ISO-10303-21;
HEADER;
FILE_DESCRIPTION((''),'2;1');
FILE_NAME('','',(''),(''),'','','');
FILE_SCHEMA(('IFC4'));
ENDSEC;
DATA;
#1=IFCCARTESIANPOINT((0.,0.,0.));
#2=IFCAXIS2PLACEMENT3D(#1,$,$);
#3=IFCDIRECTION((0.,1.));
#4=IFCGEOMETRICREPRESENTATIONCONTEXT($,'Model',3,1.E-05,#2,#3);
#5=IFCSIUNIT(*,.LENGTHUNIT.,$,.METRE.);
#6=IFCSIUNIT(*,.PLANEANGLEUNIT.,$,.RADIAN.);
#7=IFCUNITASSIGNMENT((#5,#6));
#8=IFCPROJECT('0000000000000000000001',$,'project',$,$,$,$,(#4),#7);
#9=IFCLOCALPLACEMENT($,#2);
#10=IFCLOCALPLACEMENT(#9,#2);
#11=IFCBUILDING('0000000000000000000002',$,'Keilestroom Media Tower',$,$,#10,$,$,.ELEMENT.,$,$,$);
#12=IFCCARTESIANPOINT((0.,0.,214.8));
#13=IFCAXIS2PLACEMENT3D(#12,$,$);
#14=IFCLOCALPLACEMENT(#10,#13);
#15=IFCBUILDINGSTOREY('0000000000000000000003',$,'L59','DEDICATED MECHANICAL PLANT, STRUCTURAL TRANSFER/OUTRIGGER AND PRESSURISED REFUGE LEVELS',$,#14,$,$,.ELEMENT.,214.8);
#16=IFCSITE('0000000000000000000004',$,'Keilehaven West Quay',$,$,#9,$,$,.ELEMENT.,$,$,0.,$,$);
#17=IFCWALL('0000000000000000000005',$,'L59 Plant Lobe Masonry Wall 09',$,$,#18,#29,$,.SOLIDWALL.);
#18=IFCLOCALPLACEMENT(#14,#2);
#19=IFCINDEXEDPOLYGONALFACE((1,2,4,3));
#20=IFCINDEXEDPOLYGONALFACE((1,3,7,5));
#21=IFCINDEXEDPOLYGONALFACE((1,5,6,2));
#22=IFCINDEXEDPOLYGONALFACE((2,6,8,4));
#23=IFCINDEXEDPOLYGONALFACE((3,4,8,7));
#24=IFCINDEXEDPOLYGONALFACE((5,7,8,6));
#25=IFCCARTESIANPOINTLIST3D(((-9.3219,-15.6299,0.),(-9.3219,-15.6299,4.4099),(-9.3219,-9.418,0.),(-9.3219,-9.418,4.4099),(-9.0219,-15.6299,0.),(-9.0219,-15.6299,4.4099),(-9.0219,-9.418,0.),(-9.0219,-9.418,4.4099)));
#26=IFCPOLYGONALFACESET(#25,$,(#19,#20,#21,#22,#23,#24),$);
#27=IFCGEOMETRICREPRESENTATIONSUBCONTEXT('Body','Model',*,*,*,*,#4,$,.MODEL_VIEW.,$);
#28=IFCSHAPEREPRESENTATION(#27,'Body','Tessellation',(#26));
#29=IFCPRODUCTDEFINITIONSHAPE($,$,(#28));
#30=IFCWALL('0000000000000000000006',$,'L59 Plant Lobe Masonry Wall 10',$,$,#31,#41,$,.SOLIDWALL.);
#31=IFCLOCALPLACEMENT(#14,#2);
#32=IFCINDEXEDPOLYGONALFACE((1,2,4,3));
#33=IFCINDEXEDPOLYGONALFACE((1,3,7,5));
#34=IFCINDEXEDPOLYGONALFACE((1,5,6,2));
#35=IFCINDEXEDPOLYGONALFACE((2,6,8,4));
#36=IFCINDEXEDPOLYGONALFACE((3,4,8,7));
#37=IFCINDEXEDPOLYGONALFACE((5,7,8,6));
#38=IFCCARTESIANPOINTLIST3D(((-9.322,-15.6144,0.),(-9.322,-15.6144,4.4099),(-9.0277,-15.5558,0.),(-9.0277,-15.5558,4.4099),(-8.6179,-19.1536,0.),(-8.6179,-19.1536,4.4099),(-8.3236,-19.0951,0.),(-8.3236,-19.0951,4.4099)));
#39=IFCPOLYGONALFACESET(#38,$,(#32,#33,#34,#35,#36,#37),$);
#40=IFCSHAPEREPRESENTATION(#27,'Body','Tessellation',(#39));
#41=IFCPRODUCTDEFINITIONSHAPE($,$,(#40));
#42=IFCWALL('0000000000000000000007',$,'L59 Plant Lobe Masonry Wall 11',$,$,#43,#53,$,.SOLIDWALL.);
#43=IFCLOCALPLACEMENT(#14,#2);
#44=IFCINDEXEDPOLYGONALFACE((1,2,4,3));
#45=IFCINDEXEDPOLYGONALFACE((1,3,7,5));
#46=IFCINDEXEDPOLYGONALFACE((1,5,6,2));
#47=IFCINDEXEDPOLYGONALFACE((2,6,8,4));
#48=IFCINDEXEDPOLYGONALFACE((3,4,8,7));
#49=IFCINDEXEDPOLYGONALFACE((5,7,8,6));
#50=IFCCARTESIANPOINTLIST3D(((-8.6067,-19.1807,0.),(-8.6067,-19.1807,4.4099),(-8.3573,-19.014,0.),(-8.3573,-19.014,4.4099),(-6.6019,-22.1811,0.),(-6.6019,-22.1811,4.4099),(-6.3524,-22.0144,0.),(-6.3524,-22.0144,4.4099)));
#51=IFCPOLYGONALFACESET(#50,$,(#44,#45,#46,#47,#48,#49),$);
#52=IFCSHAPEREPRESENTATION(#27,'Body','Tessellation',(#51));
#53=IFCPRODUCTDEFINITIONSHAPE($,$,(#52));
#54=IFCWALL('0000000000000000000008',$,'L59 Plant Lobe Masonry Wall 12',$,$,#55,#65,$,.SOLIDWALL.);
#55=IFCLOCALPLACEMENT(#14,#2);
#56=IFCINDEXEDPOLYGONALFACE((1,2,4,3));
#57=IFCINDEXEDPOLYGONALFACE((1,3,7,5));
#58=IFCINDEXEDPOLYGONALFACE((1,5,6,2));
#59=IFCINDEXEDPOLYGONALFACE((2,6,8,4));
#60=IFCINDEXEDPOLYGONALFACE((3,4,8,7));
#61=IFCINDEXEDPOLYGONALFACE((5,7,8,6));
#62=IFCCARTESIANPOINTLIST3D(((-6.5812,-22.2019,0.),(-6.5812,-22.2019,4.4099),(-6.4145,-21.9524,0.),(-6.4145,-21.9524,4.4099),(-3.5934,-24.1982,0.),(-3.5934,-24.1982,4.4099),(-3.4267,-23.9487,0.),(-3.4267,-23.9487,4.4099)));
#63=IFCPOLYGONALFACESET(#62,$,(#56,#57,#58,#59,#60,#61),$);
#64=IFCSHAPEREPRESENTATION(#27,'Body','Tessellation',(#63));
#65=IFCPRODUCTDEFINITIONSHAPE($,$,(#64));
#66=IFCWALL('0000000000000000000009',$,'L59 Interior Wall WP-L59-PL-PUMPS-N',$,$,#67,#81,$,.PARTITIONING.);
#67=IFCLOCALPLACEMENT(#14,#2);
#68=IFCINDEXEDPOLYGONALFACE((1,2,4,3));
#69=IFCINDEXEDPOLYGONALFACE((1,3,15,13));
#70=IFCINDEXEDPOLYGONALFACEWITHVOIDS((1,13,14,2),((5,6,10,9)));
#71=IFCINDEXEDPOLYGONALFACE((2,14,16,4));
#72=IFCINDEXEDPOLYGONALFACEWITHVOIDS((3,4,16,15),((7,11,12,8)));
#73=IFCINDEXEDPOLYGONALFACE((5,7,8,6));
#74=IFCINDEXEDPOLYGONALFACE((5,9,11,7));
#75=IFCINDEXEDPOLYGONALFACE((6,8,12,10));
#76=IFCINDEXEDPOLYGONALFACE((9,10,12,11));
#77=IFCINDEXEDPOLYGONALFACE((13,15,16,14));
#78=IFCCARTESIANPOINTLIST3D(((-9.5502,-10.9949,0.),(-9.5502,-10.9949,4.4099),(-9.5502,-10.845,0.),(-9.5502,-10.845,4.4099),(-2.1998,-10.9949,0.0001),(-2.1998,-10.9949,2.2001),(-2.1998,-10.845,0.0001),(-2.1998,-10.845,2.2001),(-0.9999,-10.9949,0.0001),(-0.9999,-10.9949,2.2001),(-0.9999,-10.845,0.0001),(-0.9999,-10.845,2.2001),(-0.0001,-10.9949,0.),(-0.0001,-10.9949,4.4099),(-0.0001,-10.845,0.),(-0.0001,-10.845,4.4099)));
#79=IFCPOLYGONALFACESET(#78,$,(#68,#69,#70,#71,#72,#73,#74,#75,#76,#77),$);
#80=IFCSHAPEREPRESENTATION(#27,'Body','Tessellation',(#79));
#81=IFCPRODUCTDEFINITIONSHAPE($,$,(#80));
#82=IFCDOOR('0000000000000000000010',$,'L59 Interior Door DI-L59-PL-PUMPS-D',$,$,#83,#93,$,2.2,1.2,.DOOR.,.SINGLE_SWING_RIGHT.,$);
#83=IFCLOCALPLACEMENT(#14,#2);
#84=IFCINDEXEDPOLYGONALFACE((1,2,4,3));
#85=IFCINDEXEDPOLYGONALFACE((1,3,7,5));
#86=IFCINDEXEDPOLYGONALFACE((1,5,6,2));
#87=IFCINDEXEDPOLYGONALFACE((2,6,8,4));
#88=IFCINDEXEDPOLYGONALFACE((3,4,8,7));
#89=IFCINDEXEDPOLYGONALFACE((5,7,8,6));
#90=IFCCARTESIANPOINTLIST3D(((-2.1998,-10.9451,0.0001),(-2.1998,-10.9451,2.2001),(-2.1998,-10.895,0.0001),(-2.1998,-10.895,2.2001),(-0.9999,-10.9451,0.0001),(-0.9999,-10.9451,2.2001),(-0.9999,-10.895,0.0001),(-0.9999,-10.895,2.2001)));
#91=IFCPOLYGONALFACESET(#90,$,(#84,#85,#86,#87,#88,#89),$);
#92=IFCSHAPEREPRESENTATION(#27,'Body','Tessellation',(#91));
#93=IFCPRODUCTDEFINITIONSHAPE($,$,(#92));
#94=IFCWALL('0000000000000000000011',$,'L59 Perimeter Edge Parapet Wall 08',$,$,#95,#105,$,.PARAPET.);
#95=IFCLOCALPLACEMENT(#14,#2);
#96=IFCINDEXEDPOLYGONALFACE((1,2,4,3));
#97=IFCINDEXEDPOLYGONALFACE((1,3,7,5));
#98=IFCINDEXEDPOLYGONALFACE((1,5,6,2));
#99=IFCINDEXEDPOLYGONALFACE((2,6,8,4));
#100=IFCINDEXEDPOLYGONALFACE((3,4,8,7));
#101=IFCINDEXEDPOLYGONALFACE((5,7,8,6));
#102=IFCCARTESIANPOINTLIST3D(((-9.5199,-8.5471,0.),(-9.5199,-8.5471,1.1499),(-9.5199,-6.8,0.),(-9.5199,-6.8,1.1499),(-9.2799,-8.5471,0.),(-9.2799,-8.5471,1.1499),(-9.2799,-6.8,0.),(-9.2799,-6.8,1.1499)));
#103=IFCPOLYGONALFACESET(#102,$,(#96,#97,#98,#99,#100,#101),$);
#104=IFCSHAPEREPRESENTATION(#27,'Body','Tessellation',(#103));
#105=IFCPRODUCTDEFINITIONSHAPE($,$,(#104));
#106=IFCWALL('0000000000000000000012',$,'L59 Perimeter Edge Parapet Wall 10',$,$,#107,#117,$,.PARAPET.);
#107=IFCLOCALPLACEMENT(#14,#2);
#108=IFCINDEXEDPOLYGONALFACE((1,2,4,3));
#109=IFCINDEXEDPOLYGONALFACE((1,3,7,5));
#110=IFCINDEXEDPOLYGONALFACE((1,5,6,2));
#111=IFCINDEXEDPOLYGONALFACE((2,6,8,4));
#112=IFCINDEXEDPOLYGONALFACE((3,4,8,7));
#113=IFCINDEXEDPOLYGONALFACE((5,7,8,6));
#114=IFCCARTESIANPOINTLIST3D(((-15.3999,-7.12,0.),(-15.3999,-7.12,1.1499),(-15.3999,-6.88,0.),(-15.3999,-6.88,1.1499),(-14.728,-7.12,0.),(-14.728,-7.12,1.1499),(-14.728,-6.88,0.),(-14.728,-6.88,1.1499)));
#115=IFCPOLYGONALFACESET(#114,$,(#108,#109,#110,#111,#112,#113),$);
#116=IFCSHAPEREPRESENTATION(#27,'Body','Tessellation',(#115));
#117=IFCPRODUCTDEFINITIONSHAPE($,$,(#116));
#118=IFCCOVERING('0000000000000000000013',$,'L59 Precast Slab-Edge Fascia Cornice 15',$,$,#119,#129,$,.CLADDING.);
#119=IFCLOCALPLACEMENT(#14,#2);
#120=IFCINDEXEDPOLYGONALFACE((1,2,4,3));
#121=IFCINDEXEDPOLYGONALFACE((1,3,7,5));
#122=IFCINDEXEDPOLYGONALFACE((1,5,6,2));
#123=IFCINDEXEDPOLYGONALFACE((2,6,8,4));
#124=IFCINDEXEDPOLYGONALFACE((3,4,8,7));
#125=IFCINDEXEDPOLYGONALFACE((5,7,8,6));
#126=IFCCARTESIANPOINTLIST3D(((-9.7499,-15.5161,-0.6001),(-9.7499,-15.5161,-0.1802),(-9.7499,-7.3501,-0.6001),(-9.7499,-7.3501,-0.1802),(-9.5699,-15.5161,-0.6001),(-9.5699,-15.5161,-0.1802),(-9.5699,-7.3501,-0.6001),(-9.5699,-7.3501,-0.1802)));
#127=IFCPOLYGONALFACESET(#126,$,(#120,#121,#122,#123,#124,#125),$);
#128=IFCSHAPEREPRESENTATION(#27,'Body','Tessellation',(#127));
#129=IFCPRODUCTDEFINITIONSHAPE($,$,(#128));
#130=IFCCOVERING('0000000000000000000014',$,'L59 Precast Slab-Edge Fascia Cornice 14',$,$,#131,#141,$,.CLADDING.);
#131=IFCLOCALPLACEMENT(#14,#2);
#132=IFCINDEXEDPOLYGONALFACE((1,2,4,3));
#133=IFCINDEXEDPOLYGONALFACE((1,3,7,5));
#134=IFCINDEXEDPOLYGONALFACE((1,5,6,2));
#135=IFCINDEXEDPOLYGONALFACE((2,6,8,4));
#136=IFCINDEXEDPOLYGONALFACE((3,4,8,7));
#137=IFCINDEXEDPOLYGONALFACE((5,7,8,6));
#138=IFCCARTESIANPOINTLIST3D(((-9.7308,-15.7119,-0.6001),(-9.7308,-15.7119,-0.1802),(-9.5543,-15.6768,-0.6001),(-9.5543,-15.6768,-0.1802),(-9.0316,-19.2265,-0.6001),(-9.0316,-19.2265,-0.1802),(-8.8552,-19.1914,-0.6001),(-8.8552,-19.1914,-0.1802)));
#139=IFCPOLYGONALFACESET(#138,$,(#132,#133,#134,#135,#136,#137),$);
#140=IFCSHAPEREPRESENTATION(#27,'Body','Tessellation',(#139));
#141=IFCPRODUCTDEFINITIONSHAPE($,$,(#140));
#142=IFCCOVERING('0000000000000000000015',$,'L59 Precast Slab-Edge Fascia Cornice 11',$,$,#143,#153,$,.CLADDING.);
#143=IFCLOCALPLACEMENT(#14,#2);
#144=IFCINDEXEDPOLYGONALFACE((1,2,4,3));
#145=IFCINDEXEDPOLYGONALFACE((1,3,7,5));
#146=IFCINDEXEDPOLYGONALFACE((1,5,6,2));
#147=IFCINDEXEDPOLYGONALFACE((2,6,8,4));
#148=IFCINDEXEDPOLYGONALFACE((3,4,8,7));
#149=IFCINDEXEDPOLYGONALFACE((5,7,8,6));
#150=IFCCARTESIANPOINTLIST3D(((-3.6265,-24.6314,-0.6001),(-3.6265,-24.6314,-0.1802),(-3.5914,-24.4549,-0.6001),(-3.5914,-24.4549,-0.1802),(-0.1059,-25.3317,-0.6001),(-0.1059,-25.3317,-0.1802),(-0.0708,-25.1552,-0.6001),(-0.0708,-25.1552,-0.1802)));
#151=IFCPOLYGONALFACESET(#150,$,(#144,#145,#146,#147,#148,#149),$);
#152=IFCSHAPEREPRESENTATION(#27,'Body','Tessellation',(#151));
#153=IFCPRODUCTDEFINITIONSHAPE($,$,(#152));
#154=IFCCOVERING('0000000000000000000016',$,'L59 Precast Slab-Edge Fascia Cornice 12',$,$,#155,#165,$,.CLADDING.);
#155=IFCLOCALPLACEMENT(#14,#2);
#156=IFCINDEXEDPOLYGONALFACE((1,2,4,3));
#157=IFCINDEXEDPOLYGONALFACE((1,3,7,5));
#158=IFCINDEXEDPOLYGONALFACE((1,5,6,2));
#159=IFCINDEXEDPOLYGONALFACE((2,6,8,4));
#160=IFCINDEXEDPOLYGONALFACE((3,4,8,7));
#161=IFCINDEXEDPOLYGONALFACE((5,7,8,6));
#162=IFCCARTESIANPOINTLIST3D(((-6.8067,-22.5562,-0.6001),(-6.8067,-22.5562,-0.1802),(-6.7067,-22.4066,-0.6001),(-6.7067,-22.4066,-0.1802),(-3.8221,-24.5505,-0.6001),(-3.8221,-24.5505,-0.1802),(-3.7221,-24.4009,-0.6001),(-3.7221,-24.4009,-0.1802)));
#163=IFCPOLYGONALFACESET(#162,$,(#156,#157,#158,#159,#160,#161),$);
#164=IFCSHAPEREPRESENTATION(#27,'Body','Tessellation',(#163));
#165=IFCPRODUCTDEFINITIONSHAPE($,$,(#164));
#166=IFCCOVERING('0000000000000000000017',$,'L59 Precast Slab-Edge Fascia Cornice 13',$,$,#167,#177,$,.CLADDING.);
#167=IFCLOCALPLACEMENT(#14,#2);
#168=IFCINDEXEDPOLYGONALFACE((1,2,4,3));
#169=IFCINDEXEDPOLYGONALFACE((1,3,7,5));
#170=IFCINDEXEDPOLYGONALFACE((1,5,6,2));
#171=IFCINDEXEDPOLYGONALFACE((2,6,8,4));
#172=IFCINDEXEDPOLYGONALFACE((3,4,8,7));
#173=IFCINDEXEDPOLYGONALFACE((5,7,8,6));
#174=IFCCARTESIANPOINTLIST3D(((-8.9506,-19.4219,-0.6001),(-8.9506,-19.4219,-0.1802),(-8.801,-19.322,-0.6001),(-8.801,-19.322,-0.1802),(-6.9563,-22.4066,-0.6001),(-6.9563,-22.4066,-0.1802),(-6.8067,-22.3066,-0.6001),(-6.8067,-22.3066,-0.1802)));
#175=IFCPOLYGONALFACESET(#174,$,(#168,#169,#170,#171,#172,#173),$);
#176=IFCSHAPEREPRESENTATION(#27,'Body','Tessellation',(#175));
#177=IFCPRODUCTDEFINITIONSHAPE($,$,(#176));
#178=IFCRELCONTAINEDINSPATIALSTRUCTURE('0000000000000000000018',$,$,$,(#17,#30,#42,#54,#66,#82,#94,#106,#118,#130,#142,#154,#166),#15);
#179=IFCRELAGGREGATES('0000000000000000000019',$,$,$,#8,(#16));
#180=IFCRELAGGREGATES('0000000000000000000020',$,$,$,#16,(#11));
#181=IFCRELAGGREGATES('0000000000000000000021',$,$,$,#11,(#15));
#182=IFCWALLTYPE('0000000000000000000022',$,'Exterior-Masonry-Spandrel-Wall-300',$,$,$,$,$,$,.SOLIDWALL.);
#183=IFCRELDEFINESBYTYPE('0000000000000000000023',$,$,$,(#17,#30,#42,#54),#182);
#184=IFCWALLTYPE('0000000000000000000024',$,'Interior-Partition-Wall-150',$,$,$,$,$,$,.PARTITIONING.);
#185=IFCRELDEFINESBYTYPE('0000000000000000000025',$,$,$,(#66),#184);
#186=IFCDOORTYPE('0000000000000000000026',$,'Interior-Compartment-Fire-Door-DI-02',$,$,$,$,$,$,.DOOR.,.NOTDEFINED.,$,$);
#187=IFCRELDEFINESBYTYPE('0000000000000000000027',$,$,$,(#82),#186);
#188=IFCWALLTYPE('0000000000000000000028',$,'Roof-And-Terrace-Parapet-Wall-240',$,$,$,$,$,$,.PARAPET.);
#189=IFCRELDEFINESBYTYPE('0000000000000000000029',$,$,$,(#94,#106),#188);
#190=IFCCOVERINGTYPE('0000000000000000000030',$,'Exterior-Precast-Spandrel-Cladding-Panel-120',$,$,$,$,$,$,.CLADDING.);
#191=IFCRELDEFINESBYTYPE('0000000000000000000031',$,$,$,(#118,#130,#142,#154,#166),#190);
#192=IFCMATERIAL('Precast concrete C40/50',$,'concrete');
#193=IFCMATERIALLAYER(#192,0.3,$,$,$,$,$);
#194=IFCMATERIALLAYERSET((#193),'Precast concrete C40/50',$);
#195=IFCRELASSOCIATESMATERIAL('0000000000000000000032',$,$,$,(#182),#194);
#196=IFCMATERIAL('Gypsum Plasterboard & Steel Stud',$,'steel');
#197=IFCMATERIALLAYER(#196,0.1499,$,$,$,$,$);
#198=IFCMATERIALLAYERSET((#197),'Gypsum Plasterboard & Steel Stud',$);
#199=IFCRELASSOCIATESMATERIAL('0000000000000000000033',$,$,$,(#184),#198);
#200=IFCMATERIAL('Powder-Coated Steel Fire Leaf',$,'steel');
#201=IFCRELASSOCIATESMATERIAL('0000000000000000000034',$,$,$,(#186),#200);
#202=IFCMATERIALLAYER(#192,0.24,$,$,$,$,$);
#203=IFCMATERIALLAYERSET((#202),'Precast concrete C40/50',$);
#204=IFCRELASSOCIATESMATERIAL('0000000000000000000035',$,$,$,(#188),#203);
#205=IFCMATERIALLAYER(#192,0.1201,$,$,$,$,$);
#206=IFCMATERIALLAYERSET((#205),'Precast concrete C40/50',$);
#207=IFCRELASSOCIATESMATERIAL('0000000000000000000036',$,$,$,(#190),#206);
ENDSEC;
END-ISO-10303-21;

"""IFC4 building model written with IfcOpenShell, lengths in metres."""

from ifc_helpers import new_model, si_unit, direction, frame, frame_2d, origin, origin_2d, place, context, subcontext, project, spatial, rectangle, extrude, source, transform, mapped, material, layer, layer_set, type_object, element, fill, save


model = new_model("IFC4")

# Units and contexts
model_context = context("Model", 3, precision=1e-05, world=origin(), true_north=direction((0.0, 1.0)))
body_context = subcontext(model_context, "Body", "Model", "MODEL_VIEW")
ifc_project = project(units=[si_unit("LENGTHUNIT", "METRE"), si_unit("PLANEANGLEUNIT", "RADIAN")], contexts=[model_context])

# Site, building, storey
site_placement = place(None, origin())
site = spatial("IfcSite", under=ifc_project, at=site_placement, Name="Keilehaven West Quay", CompositionType="ELEMENT", RefElevation=0.0)
building_placement = place(site_placement, origin())
building = spatial("IfcBuilding", under=site, at=building_placement, Name="Keilestroom Media Tower", CompositionType="ELEMENT")
storey_placement = place(building_placement, frame((0.0, 0.0, 214.8)))
storey = spatial("IfcBuildingStorey", under=building, at=storey_placement, Name="L59", Description="DEDICATED MECHANICAL PLANT, STRUCTURAL TRANSFER/OUTRIGGER AND PRESSURISED REFUGE LEVELS", CompositionType="ELEMENT", Elevation=214.8)

# Shared definitions
ifc_material_1 = material(Name="Precast concrete C40/50", Category="concrete")

# Walls
ifc_layer_1 = layer(ifc_material_1, 0.3)
ifc_layer_set_1 = layer_set([ifc_layer_1], Name="Precast concrete C40/50")
wall_type_1 = type_object("IfcWallType", Name="Exterior-Masonry-Spandrel-Wall-300", PredefinedType="SOLIDWALL", material=ifc_layer_set_1)
wall_1_placement = place(storey_placement, frame((-9.1719, -9.418, 0.0), z_axis=(0.0, 0.0, 1.0), x_axis=(0.0, -1.0, 0.0)))
element("IfcWall", 1, at=wall_1_placement, inside=storey, type_object=wall_type_1, Name="L59 Plant Lobe Masonry Wall 09", PredefinedType="SOLIDWALL", context=body_context, shape_type="SweptSolid", body=[
    extrude(rectangle(XDim=6.2119, YDim=0.3, at=frame_2d((3.106, 0.0))), origin(), (0.0, 0.0, 1.0), 4.4099),
])
for number, where, z_axis, x_axis, name in (
    (2, (-9.1748, -15.5852, 0.0), (0.0, 0.0, 1.0), (0.195114, -0.980781, 0.0), "L59 Plant Lobe Masonry Wall 10"),
    (3, (-8.4819, -19.0974, 0.0), (0.0, 0.0, 1.0), (0.555574, -0.831467, 0.0), "L59 Plant Lobe Masonry Wall 11"),
):
    element("IfcWall", number, at=place(storey_placement, frame(where, z_axis=z_axis, x_axis=x_axis)), inside=storey, type_object=wall_type_1, Name=name, PredefinedType="SOLIDWALL", context=body_context, shape_type="SweptSolid", body=[
        extrude(rectangle(XDim=3.6086, YDim=0.3, at=frame_2d((1.8042, 0.0))), origin(), (0.0, 0.0, 1.0), 4.4099),
    ])
wall_2_placement = place(storey_placement, frame((-6.4978, -22.0771, 0.0), z_axis=(0.0, 0.0, 1.0), x_axis=(0.831475, -0.555562, 0.0)))
element("IfcWall", 4, at=wall_2_placement, inside=storey, type_object=wall_type_1, Name="L59 Plant Lobe Masonry Wall 12", PredefinedType="SOLIDWALL", context=body_context, shape_type="SweptSolid", body=[
    extrude(rectangle(XDim=3.5933, YDim=0.3, at=frame_2d((1.7966, 0.0))), origin(), (0.0, 0.0, 1.0), 4.4099),
])

# Wall, opening, door
ifc_material_2 = material(Name="Gypsum Plasterboard & Steel Stud", Category="steel")
ifc_layer_2 = layer(ifc_material_2, 0.1499)
ifc_layer_set_2 = layer_set([ifc_layer_2], Name="Gypsum Plasterboard & Steel Stud")
wall_type_2 = type_object("IfcWallType", Name="Interior-Partition-Wall-150", PredefinedType="PARTITIONING", material=ifc_layer_set_2)
wall_3_placement = place(storey_placement, frame((-9.55, -10.9199, 0.0), z_axis=(0.0, 0.0, 1.0), x_axis=(1.0, 0.0, 0.0)))
wall_3 = element("IfcWall", 5, at=wall_3_placement, inside=storey, type_object=wall_type_2, Name="L59 Interior Wall WP-L59-PL-PUMPS-N", PredefinedType="PARTITIONING", context=body_context, shape_type="SweptSolid", body=[
    extrude(rectangle(XDim=9.55, YDim=0.1499, at=frame_2d((4.7749, 0.0))), origin(), (0.0, 0.0, 1.0), 4.4099),
])
opening_placement = place(wall_3_placement, frame((7.3501, 0.0, 0.0)))
opening = element("IfcOpeningElement", 6, at=opening_placement, cuts=wall_3, PredefinedType="OPENING", context=body_context, shape_type="SweptSolid", body=[
    extrude(rectangle(XDim=1.2, YDim=2.2, at=frame_2d((0.6001, 1.1001))), frame((0.0, 0.085, 0.0), z_axis=(0.0, -1.0, 0.0), x_axis=(1.0, 0.0, 0.0)), (0.0, 0.0, 1.0), 0.1699),
])
ifc_material_3 = material(Name="Powder-Coated Steel Fire Leaf", Category="steel")
door_type = type_object("IfcDoorType", Name="Interior-Compartment-Fire-Door-DI-02", OperationType="NOTDEFINED", PredefinedType="DOOR", material=ifc_material_3)
shared_shape_1 = source(origin(), body_context, "Body", "SweptSolid", [
    extrude(rectangle(XDim=1.2, YDim=2.2, at=frame_2d((0.6001, 1.1001))), frame((0.0, 0.0249, 0.0), z_axis=(0.0, -1.0, 0.0), x_axis=(1.0, 0.0, 0.0)), (0.0, 0.0, 1.0), 0.05),
])
door_placement = place(opening_placement, origin())
door = element("IfcDoor", 7, at=door_placement, inside=storey, type_object=door_type, Name="L59 Interior Door DI-L59-PL-PUMPS-D", OperationType="SINGLE_SWING_RIGHT", OverallHeight=2.2, OverallWidth=1.2, PredefinedType="DOOR", context=body_context, shape_type="MappedRepresentation", body=[
    mapped(shared_shape_1, transform((0.0, 0.0, 0.0), x_axis=(1.0, 0.0, 0.0), y_axis=(0.0, 1.0, 0.0), z_axis=(0.0, 0.0, 1.0), scale=1.0)),
])
fill(opening, door)

# Walls
ifc_layer_3 = layer(ifc_material_1, 0.24)
ifc_layer_set_3 = layer_set([ifc_layer_3], Name="Precast concrete C40/50")
wall_type_3 = type_object("IfcWallType", Name="Roof-And-Terrace-Parapet-Wall-240", PredefinedType="PARAPET", material=ifc_layer_set_3)
wall_4_placement = place(storey_placement, frame((-9.3999, -8.5471, 0.0), z_axis=(0.0, 0.0, 1.0), x_axis=(0.0, 1.0, 0.0)))
element("IfcWall", 8, at=wall_4_placement, inside=storey, type_object=wall_type_3, Name="L59 Perimeter Edge Parapet Wall 08", PredefinedType="PARAPET", context=body_context, shape_type="SweptSolid", body=[
    extrude(rectangle(XDim=1.7471, YDim=0.24, at=frame_2d((0.8735, 0.0))), origin(), (0.0, 0.0, 1.0), 1.1499),
])
wall_5_placement = place(storey_placement, frame((-14.728, -7.0, 0.0), z_axis=(0.0, 0.0, 1.0), x_axis=(-1.0, 0.0, 0.0)))
element("IfcWall", 9, at=wall_5_placement, inside=storey, type_object=wall_type_3, Name="L59 Perimeter Edge Parapet Wall 10", PredefinedType="PARAPET", context=body_context, shape_type="SweptSolid", body=[
    extrude(rectangle(XDim=0.6719, YDim=0.24, at=frame_2d((0.3359, 0.0))), origin(), (0.0, 0.0, 1.0), 1.1499),
])

# Coverings
ifc_layer_4 = layer(ifc_material_1, 0.1201)
ifc_layer_set_4 = layer_set([ifc_layer_4], Name="Precast concrete C40/50")
covering_type = type_object("IfcCoveringType", Name="Exterior-Precast-Spandrel-Cladding-Panel-120", PredefinedType="CLADDING", material=ifc_layer_set_4)
shared_shape_2 = source(origin(), body_context, "Body", "SweptSolid", [
    extrude(rectangle(XDim=8.166, YDim=0.1799, at=origin_2d()), origin(), (0.0, 0.0, 1.0), 0.4199),
])
covering_1_placement = place(storey_placement, frame((-9.6599, -11.4331, -0.6001), z_axis=(0.0, 0.0, 1.0), x_axis=(0.0, 1.0, 0.0)))
element("IfcCovering", 10, at=covering_1_placement, inside=storey, type_object=covering_type, Name="L59 Precast Slab-Edge Fascia Cornice 15", PredefinedType="CLADDING", context=body_context, shape_type="MappedRepresentation", body=[
    mapped(shared_shape_2, transform((0.0, 0.0, 0.0), x_axis=(1.0, 0.0, 0.0), y_axis=(0.0, 1.0, 0.0), z_axis=(0.0, 0.0, 1.0), scale=1.0)),
])
shared_shape_3 = source(origin(), body_context, "Body", "SweptSolid", [
    extrude(rectangle(XDim=3.5835, YDim=0.1799, at=origin_2d()), origin(), (0.0, 0.0, 1.0), 0.4199),
])
covering_2_placement = place(storey_placement, frame((-9.293, -17.4517, -0.6001), z_axis=(0.0, 0.0, 1.0), x_axis=(-0.195099, 0.980784, 0.0)))
element("IfcCovering", 11, at=covering_2_placement, inside=storey, type_object=covering_type, Name="L59 Precast Slab-Edge Fascia Cornice 14", PredefinedType="CLADDING", context=body_context, shape_type="MappedRepresentation", body=[
    mapped(shared_shape_3, transform((0.0, 0.0, 0.0), x_axis=(1.0, 0.0, 0.0), y_axis=(0.0, 1.0, 0.0), z_axis=(0.0, 0.0, 1.0), scale=1.0)),
])
shared_shape_4 = source(origin(), body_context, "Body", "SweptSolid", [
    extrude(rectangle(XDim=3.5896, YDim=0.1799, at=origin_2d()), origin(), (0.0, 0.0, 1.0), 0.4199),
])
for number, where, z_axis, x_axis, name in (
    (12, (-1.8486, -24.8933, -0.6001), (0.0, 0.0, 1.0), (-0.980784, 0.195099, 0.0), "L59 Precast Slab-Edge Fascia Cornice 11"),
    (13, (-5.2644, -23.4785, -0.6001), (0.0, 0.0, 1.0), (-0.831467, 0.555575, 0.0), "L59 Precast Slab-Edge Fascia Cornice 12"),
    (14, (-7.8787, -20.8643, -0.6001), (0.0, 0.0, 1.0), (-0.555575, 0.831467, 0.0), "L59 Precast Slab-Edge Fascia Cornice 13"),
):
    element("IfcCovering", number, at=place(storey_placement, frame(where, z_axis=z_axis, x_axis=x_axis)), inside=storey, type_object=covering_type, Name=name, PredefinedType="CLADDING", context=body_context, shape_type="MappedRepresentation", body=[
        mapped(shared_shape_4, transform((0.0, 0.0, 0.0), x_axis=(1.0, 0.0, 0.0), y_axis=(0.0, 1.0, 0.0), z_axis=(0.0, 0.0, 1.0), scale=1.0)),
    ])

save(model, "model.ifc")
